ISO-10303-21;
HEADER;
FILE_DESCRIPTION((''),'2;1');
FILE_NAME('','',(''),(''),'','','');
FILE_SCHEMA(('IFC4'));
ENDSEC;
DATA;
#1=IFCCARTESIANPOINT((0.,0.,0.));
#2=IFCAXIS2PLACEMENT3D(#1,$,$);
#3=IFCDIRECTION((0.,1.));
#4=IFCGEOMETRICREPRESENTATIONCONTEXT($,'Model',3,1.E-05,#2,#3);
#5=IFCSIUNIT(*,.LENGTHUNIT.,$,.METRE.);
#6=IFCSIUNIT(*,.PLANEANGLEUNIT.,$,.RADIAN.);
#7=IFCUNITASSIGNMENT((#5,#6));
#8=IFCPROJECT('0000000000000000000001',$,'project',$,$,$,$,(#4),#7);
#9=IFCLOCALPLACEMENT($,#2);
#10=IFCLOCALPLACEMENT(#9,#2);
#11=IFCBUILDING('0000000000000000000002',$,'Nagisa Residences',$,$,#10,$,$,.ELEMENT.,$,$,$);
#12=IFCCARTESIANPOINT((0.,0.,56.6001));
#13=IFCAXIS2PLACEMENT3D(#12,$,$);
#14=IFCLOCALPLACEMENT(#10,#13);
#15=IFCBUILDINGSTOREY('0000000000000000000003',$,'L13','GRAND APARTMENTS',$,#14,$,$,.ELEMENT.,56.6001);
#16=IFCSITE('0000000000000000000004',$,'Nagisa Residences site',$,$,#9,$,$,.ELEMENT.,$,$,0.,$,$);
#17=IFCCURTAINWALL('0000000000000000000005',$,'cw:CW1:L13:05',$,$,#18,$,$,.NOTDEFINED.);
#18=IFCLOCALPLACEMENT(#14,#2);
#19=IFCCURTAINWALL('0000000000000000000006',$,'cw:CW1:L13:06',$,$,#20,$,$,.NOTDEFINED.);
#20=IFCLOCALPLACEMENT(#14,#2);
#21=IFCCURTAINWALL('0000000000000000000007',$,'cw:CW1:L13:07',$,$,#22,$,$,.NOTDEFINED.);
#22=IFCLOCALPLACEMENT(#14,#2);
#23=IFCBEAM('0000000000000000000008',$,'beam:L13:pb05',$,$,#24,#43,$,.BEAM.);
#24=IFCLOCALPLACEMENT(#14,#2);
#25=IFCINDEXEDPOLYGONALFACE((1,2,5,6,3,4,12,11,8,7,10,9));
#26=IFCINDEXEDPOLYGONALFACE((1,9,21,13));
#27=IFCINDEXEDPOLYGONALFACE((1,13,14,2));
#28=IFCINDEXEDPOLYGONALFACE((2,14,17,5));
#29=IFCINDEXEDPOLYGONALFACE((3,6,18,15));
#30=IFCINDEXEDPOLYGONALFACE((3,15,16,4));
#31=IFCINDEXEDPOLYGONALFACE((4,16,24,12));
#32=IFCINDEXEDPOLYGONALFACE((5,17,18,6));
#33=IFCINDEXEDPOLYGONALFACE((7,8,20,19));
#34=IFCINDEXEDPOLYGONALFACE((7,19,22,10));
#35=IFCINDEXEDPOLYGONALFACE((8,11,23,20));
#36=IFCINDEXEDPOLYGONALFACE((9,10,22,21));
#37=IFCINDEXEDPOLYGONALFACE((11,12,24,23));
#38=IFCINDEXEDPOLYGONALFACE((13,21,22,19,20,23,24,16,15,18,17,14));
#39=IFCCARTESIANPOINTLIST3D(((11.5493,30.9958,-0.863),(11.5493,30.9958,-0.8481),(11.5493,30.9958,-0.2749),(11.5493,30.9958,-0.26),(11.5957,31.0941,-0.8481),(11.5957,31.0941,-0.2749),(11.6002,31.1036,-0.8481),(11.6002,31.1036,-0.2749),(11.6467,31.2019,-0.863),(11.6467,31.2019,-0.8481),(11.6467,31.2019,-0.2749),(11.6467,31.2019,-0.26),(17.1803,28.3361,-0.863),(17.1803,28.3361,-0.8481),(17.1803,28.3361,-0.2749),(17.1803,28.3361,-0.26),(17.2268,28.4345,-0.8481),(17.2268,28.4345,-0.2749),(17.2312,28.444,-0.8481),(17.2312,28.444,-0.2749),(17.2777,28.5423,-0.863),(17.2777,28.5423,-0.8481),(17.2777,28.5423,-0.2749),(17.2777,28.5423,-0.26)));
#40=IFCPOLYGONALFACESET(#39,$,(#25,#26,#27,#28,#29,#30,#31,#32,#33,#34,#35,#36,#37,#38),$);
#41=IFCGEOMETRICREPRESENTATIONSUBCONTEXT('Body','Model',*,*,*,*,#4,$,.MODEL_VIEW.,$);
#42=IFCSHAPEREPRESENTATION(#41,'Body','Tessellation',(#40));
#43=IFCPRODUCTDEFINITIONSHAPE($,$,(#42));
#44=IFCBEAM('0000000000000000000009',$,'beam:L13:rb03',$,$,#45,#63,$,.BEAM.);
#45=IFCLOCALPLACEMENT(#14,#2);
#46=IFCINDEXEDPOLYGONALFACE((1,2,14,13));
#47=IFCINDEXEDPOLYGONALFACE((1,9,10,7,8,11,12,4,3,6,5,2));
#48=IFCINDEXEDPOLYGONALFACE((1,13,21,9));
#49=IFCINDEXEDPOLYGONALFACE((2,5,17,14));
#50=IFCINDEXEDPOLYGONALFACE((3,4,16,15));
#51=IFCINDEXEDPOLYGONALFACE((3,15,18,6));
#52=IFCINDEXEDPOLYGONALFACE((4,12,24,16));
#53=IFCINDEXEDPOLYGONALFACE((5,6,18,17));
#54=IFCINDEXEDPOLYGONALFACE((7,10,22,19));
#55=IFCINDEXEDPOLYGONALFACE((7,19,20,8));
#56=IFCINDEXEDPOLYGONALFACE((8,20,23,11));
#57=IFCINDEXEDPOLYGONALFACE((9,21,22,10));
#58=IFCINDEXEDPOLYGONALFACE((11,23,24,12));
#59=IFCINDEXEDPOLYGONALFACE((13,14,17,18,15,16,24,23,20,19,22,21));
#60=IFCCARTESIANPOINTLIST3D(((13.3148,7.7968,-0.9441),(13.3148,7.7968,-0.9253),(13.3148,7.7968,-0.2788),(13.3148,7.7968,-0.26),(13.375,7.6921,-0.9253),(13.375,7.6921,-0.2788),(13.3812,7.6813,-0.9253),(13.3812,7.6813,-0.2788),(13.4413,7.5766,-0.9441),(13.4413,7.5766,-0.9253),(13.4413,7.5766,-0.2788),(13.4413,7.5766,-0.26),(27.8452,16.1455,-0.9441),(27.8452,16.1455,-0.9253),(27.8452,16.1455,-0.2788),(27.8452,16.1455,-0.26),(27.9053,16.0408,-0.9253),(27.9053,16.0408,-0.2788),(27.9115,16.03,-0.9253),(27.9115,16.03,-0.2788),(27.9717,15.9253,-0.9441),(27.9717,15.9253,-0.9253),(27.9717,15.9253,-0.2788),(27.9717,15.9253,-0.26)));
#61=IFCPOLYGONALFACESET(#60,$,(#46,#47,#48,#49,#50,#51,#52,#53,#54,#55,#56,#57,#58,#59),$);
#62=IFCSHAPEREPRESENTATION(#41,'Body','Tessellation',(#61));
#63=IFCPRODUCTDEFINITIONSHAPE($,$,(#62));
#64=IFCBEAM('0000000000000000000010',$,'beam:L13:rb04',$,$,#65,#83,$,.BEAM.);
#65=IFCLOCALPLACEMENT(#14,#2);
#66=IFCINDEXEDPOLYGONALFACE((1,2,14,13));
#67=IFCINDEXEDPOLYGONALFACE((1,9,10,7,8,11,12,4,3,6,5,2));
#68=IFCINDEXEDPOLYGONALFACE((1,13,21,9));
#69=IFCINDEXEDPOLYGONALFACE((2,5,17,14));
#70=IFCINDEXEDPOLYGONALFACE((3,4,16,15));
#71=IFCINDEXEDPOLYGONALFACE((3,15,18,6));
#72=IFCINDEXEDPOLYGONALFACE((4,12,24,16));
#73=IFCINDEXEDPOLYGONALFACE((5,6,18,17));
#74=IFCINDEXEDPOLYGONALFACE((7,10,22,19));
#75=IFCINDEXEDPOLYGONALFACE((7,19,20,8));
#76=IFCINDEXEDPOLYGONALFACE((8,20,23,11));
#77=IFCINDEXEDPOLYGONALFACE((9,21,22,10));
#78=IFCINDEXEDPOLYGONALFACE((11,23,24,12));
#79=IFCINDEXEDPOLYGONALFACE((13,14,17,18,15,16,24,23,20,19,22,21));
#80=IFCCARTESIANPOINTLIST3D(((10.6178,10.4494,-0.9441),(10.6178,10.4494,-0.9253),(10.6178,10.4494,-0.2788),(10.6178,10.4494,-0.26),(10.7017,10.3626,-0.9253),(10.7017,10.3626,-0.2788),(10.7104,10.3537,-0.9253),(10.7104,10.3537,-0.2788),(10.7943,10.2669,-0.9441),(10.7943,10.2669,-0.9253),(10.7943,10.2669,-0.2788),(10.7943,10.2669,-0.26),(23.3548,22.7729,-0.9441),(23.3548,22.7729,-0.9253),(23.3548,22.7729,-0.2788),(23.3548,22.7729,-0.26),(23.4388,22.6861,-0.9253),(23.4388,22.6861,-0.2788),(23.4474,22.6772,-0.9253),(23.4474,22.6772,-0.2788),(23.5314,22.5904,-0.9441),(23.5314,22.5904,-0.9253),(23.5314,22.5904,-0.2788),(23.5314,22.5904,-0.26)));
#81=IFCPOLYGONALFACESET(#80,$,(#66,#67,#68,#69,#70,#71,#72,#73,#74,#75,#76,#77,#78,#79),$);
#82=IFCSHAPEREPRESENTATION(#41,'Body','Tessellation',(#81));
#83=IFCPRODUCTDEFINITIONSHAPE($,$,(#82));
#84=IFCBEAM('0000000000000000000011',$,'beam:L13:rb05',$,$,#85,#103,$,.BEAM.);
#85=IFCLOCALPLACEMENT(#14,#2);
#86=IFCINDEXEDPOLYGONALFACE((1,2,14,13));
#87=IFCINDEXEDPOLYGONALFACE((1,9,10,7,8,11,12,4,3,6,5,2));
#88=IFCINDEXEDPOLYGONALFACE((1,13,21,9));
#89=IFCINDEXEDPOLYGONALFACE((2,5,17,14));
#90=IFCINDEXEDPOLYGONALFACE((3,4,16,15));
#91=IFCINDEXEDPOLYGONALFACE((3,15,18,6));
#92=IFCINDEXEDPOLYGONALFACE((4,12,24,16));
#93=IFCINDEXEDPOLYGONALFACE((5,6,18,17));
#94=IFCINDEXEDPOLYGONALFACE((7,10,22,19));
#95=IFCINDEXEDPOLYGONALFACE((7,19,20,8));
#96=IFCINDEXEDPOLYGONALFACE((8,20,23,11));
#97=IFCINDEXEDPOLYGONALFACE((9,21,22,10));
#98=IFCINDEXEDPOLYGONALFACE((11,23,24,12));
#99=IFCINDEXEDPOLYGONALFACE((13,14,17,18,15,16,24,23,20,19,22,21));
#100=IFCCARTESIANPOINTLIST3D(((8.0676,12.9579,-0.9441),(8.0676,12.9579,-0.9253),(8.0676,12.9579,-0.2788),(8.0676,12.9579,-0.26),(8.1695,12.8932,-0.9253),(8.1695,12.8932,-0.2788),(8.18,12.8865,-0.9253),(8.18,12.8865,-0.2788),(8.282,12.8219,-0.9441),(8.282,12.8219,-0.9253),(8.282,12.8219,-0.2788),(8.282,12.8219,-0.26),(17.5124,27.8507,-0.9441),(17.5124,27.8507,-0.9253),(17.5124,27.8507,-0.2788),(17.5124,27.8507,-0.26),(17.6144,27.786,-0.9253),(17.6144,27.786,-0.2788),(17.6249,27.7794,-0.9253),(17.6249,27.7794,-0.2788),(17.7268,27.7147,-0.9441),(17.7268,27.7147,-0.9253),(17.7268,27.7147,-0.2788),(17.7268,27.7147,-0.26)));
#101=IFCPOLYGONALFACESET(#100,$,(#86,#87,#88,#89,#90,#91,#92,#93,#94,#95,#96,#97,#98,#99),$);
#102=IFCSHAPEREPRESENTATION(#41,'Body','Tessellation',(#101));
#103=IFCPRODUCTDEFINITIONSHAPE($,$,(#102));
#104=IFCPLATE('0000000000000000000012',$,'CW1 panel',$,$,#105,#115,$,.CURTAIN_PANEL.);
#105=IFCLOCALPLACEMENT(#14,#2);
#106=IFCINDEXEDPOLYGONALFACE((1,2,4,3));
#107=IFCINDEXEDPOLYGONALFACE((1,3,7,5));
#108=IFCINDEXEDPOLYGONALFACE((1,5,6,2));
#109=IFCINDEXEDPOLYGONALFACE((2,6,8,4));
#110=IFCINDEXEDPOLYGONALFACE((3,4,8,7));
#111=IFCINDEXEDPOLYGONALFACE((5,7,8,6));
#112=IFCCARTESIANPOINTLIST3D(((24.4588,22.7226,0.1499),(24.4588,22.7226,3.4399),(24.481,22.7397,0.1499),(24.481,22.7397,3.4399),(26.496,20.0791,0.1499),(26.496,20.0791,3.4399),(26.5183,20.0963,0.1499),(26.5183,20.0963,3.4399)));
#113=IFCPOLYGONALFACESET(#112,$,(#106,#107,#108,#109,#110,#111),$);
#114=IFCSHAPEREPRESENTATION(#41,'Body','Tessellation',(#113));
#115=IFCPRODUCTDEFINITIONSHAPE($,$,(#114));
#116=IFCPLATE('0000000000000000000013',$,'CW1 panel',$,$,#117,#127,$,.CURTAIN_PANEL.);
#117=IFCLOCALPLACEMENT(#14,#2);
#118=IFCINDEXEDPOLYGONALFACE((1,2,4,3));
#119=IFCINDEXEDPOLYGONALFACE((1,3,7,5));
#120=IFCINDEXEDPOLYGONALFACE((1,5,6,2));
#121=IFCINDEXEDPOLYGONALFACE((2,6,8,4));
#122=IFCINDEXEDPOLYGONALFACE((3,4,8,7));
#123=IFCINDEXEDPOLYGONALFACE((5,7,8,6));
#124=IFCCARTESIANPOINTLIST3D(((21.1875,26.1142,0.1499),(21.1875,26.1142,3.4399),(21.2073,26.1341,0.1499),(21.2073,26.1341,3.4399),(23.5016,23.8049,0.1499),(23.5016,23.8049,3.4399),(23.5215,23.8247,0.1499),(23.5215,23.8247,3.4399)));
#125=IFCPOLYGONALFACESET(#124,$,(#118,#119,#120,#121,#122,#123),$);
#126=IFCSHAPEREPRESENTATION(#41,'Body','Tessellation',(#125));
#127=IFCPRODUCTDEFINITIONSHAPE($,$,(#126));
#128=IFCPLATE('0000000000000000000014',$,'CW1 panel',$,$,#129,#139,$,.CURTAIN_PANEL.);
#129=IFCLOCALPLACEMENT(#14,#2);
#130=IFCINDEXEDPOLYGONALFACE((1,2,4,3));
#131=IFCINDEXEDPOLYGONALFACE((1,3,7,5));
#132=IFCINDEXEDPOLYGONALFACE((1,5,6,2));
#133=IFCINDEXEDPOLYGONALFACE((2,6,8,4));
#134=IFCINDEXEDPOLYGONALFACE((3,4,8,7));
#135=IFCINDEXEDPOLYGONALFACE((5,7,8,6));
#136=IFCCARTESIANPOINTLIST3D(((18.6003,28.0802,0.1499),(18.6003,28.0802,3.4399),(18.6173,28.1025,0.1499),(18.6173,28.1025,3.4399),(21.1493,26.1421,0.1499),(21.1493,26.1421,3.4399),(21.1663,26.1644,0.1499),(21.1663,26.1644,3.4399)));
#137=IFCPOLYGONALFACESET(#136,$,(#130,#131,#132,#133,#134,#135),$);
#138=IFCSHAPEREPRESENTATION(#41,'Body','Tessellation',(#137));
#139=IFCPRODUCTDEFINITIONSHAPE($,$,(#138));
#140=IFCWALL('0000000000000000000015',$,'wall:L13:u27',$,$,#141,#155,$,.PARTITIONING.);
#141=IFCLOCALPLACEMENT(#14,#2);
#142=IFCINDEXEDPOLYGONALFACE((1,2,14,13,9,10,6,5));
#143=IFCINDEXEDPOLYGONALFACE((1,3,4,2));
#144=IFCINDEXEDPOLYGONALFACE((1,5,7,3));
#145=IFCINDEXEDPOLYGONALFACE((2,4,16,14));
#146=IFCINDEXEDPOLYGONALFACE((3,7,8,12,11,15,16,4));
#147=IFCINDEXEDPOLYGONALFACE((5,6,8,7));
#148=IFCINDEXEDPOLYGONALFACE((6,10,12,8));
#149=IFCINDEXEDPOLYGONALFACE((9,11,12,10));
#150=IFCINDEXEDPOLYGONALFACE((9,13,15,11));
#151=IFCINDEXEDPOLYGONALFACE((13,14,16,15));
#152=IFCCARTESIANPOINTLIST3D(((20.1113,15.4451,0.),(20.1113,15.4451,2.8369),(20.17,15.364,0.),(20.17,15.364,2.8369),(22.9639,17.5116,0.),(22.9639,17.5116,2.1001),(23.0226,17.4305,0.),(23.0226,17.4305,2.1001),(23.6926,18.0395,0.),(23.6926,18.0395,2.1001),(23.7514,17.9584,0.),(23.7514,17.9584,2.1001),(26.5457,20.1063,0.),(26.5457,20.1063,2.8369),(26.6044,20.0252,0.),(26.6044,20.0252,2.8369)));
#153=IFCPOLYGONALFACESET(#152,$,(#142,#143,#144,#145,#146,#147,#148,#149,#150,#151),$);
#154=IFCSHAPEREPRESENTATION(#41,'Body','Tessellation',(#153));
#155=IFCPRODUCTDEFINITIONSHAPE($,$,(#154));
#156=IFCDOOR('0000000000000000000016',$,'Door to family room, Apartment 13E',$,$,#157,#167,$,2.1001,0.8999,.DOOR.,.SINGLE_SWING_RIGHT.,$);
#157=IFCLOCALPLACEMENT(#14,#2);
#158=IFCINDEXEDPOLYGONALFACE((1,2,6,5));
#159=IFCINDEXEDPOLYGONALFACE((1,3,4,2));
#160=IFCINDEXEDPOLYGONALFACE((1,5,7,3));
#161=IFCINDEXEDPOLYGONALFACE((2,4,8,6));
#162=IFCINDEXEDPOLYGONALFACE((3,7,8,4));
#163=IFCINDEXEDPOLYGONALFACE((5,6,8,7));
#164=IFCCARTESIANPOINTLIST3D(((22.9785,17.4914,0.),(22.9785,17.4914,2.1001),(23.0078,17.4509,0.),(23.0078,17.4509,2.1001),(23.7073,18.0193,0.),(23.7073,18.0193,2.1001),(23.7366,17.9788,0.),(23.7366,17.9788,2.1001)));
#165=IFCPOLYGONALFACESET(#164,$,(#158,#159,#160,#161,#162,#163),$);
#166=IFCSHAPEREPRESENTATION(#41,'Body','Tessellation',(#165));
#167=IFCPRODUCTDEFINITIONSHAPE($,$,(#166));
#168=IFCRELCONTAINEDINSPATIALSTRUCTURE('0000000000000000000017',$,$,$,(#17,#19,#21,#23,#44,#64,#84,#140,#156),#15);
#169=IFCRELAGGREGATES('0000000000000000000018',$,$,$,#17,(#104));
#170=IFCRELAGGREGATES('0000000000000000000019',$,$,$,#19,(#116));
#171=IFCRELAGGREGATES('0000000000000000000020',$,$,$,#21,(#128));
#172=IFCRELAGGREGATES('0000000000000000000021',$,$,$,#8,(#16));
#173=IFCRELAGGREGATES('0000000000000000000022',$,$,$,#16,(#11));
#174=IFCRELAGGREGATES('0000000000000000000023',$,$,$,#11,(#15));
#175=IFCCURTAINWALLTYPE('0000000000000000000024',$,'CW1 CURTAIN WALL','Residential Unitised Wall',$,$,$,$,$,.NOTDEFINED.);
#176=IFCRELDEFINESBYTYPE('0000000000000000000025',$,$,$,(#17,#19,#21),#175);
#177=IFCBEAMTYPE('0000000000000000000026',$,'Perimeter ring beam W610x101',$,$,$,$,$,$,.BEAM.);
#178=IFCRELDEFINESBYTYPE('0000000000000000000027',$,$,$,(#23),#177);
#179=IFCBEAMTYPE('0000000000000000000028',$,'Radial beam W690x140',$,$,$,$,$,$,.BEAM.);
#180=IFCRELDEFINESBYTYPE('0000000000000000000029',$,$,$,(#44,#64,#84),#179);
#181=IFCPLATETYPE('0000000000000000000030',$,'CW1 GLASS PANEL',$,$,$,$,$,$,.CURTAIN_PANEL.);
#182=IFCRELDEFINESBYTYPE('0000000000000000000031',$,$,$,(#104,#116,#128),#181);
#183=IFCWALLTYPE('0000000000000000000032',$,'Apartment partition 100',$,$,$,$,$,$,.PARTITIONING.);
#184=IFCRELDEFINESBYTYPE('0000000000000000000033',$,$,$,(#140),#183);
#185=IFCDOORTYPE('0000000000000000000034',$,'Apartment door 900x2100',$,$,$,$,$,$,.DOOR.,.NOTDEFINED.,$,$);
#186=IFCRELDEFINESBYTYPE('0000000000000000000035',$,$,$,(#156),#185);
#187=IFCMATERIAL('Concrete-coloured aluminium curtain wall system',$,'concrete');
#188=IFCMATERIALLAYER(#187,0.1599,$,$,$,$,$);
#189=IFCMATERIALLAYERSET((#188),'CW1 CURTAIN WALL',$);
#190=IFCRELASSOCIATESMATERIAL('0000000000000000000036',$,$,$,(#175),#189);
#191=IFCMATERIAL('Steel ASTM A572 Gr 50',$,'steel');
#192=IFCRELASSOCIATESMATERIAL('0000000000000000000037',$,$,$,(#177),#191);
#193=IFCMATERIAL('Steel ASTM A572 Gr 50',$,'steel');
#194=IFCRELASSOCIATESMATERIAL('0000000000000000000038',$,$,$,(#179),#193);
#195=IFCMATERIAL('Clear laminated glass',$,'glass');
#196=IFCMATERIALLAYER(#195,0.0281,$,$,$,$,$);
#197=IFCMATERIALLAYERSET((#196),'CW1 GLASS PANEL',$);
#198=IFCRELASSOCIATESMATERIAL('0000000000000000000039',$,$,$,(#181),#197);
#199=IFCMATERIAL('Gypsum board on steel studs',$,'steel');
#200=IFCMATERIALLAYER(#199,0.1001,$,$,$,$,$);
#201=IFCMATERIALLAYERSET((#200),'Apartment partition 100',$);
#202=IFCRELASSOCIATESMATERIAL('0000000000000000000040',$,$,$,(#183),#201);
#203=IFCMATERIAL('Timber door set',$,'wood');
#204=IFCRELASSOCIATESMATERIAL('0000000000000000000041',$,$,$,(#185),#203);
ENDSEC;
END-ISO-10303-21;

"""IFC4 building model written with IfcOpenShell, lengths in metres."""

from ifc_helpers import new_model, si_unit, direction, frame, frame_2d, origin, origin_2d, place, context, subcontext, project, spatial, rectangle, i_section, extrude, material, layer, layer_set, material_profile, profile_set, type_object, element, fill, aggregate, save


model = new_model("IFC4")

# Units and contexts
model_context = context("Model", 3, precision=1e-05, world=origin(), true_north=direction((0.0, 1.0)))
body_context = subcontext(model_context, "Body", "Model", "MODEL_VIEW")
ifc_project = project(units=[si_unit("LENGTHUNIT", "METRE"), si_unit("PLANEANGLEUNIT", "RADIAN")], contexts=[model_context])

# Site, building, storey
site_placement = place(None, origin())
site = spatial("IfcSite", under=ifc_project, at=site_placement, Name="Nagisa Residences site", CompositionType="ELEMENT", RefElevation=0.0)
building_placement = place(site_placement, origin())
building = spatial("IfcBuilding", under=site, at=building_placement, Name="Nagisa Residences", CompositionType="ELEMENT")
storey_placement = place(building_placement, frame((0.0, 0.0, 56.6001)))
storey = spatial("IfcBuildingStorey", under=building, at=storey_placement, Name="L13", Description="GRAND APARTMENTS", CompositionType="ELEMENT", Elevation=56.6001)

# Curtain walls
ifc_material_1 = material(Name="Concrete-coloured aluminium curtain wall system", Category="concrete")
ifc_layer_1 = layer(ifc_material_1, 0.1599)
ifc_layer_set_1 = layer_set([ifc_layer_1], Name="CW1 CURTAIN WALL")
curtain_wall_type = type_object("IfcCurtainWallType", Name="CW1 CURTAIN WALL", Description="Residential Unitised Wall", PredefinedType="NOTDEFINED", material=ifc_layer_set_1)
curtain_wall_1_placement = place(storey_placement, origin())
curtain_wall_1 = element("IfcCurtainWall", 1, at=curtain_wall_1_placement, inside=storey, type_object=curtain_wall_type, Name="cw:CW1:L13:05", PredefinedType="NOTDEFINED")
curtain_wall_2_placement = place(storey_placement, origin())
curtain_wall_2 = element("IfcCurtainWall", 2, at=curtain_wall_2_placement, inside=storey, type_object=curtain_wall_type, Name="cw:CW1:L13:06", PredefinedType="NOTDEFINED")
curtain_wall_3_placement = place(storey_placement, origin())
curtain_wall_3 = element("IfcCurtainWall", 3, at=curtain_wall_3_placement, inside=storey, type_object=curtain_wall_type, Name="cw:CW1:L13:07", PredefinedType="NOTDEFINED")

# Beams
ifc_material_2 = material(Name="Steel ASTM A572 Gr 50", Category="steel")
ifc_material_profile_1 = material_profile(ifc_material_2, i_section(OverallWidth=0.228, OverallDepth=0.603, WebThickness=0.0105, FlangeThickness=0.0149, at=origin_2d()), Name="W610x101")
ifc_profile_set_1 = profile_set([ifc_material_profile_1], Name="Steel ASTM A572 Gr 50")
beam_type_1 = type_object("IfcBeamType", Name="Perimeter ring beam W610x101", PredefinedType="BEAM", material=ifc_profile_set_1)
beam_1_placement = place(storey_placement, frame((17.229, 28.4392, -0.5615), z_axis=(-0.904215, 0.427077, 0.0), x_axis=(-0.427077, -0.904215, 0.0)))
element("IfcBeam", 4, at=beam_1_placement, inside=storey, type_object=beam_type_1, Name="beam:L13:pb05", PredefinedType="BEAM", context=body_context, shape_type="SweptSolid", body=[
    extrude(i_section(OverallWidth=0.228, OverallDepth=0.603, WebThickness=0.0105, FlangeThickness=0.0149, at=origin_2d()), origin(), (0.0, 0.0, 1.0), 6.2275),
])
ifc_material_3 = material(Name="Steel ASTM A572 Gr 50", Category="steel")
ifc_material_profile_2 = material_profile(ifc_material_3, i_section(OverallWidth=0.2539, OverallDepth=0.6841, WebThickness=0.0125, FlangeThickness=0.0188, at=origin_2d()), Name="W690x140")
ifc_profile_set_2 = profile_set([ifc_material_profile_2], Name="Steel ASTM A572 Gr 50")
beam_type_2 = type_object("IfcBeamType", Name="Radial beam W690x140", PredefinedType="BEAM", material=ifc_profile_set_2)
beam_2_placement = place(storey_placement, frame((27.9084, 16.0354, -0.6021), z_axis=(-0.867068, -0.49819, 0.0), x_axis=(0.49819, -0.867068, 0.0)))
element("IfcBeam", 5, at=beam_2_placement, inside=storey, type_object=beam_type_2, Name="beam:L13:rb03", PredefinedType="BEAM", context=body_context, shape_type="SweptSolid", body=[
    extrude(i_section(OverallWidth=0.2539, OverallDepth=0.6841, WebThickness=0.0125, FlangeThickness=0.0188, at=origin_2d()), origin(), (0.0, 0.0, 1.0), 16.7581),
])
beam_3_placement = place(storey_placement, frame((23.4431, 22.6816, -0.6021), z_axis=(-0.718678, -0.695343, 0.0), x_axis=(0.695343, -0.718678, 0.0)))
element("IfcBeam", 6, at=beam_3_placement, inside=storey, type_object=beam_type_2, Name="beam:L13:rb04", PredefinedType="BEAM", context=body_context, shape_type="SweptSolid", body=[
    extrude(i_section(OverallWidth=0.2539, OverallDepth=0.6841, WebThickness=0.0125, FlangeThickness=0.0188, at=origin_2d()), origin(), (0.0, 0.0, 1.0), 17.7229),
])
beam_4_placement = place(storey_placement, frame((17.6196, 27.7827, -0.6021), z_axis=(-0.535566, -0.844493, 0.0), x_axis=(0.844493, -0.535566, 0.0)))
element("IfcBeam", 7, at=beam_4_placement, inside=storey, type_object=beam_type_2, Name="beam:L13:rb05", PredefinedType="BEAM", context=body_context, shape_type="SweptSolid", body=[
    extrude(i_section(OverallWidth=0.2539, OverallDepth=0.6841, WebThickness=0.0125, FlangeThickness=0.0188, at=origin_2d()), origin(), (0.0, 0.0, 1.0), 17.6353),
])

# Plates
ifc_material_4 = material(Name="Clear laminated glass", Category="glass")
ifc_layer_2 = layer(ifc_material_4, 0.0281)
ifc_layer_set_2 = layer_set([ifc_layer_2], Name="CW1 GLASS PANEL")
plate_type = type_object("IfcPlateType", Name="CW1 GLASS PANEL", PredefinedType="CURTAIN_PANEL", material=ifc_layer_set_2)
plate_1_placement = place(storey_placement, frame((25.4885, 21.4094, 0.1499), z_axis=(0.0, 0.0, 1.0), x_axis=(-0.61043, 0.79207, 0.0)))
plate_1 = element("IfcPlate", 8, at=plate_1_placement, type_object=plate_type, Name="CW1 panel", PredefinedType="CURTAIN_PANEL", context=body_context, shape_type="SweptSolid", body=[
    extrude(rectangle(XDim=3.3374, YDim=0.0281, at=origin_2d()), origin(), (0.0, 0.0, 1.0), 3.29),
])
aggregate(curtain_wall_1, [plate_1])
plate_2_placement = place(storey_placement, frame((22.3545, 24.9695, 0.1499), z_axis=(0.0, 0.0, 1.0), x_axis=(-0.707836, 0.706377, 0.0)))
plate_2 = element("IfcPlate", 9, at=plate_2_placement, type_object=plate_type, Name="CW1 panel", PredefinedType="CURTAIN_PANEL", context=body_context, shape_type="SweptSolid", body=[
    extrude(rectangle(XDim=3.2693, YDim=0.0281, at=origin_2d()), origin(), (0.0, 0.0, 1.0), 3.29),
])
aggregate(curtain_wall_2, [plate_2])
plate_3_placement = place(storey_placement, frame((19.8833, 27.1223, 0.1499), z_axis=(0.0, 0.0, 1.0), x_axis=(-0.796031, 0.605255, 0.0)))
plate_3 = element("IfcPlate", 10, at=plate_3_placement, type_object=plate_type, Name="CW1 panel", PredefinedType="CURTAIN_PANEL", context=body_context, shape_type="SweptSolid", body=[
    extrude(rectangle(XDim=3.2021, YDim=0.0281, at=origin_2d()), origin(), (0.0, 0.0, 1.0), 3.29),
])
aggregate(curtain_wall_3, [plate_3])

# Wall, opening, door
ifc_material_5 = material(Name="Gypsum board on steel studs", Category="steel")
ifc_layer_3 = layer(ifc_material_5, 0.1001)
ifc_layer_set_3 = layer_set([ifc_layer_3], Name="Apartment partition 100")
wall_type_1 = type_object("IfcWallType", Name="Apartment partition 100", PredefinedType="PARTITIONING", material=ifc_layer_set_3)
wall_1_placement = place(storey_placement, frame((20.1406, 15.4045, 0.0), z_axis=(0.0, 0.0, 1.0), x_axis=(0.809835, 0.586658, 0.0)))
wall_1 = element("IfcWall", 11, at=wall_1_placement, inside=storey, type_object=wall_type_1, Name="wall:L13:u27", PredefinedType="PARTITIONING", context=body_context, shape_type="SweptSolid", body=[
    extrude(rectangle(XDim=7.9453, YDim=0.1001, at=frame_2d((3.9727, 0.0))), origin(), (0.0, 0.0, 1.0), 2.8369),
])
opening_1_placement = place(wall_1_placement, frame((3.5225, 0.0, 0.0)))
opening_1 = element("IfcOpeningElement", 12, at=opening_1_placement, cuts=wall_1, PredefinedType="OPENING", context=body_context, shape_type="SweptSolid", body=[
    extrude(rectangle(XDim=0.8999, YDim=2.1001, at=frame_2d((0.45, 1.05))), frame((0.0, 0.0601, 0.0), z_axis=(0.0, -1.0, 0.0), x_axis=(1.0, 0.0, 0.0)), (0.0, 0.0, 1.0), 0.1201),
])
ifc_material_6 = material(Name="Timber door set", Category="wood")
door_type_1 = type_object("IfcDoorType", Name="Apartment door 900x2100", OperationType="NOTDEFINED", PredefinedType="DOOR", material=ifc_material_6)
door_1_placement = place(opening_1_placement, frame((0.8999, 0.0, 0.0), x_axis=(-1.0, 0.0, 0.0)))
door_1 = element("IfcDoor", 13, at=door_1_placement, inside=storey, type_object=door_type_1, Name="Door to family room, Apartment 13E", OperationType="SINGLE_SWING_RIGHT", OverallHeight=2.1001, OverallWidth=0.8999, PredefinedType="DOOR", context=body_context, shape_type="SweptSolid", body=[
    extrude(rectangle(XDim=0.8999, YDim=2.1001, at=frame_2d((0.45, 1.05))), frame((0.0, 0.0249, 0.0), z_axis=(0.0, -1.0, 0.0), x_axis=(1.0, 0.0, 0.0)), (0.0, 0.0, 1.0), 0.05),
])
fill(opening_1, door_1)

save(model, "model.ifc")
